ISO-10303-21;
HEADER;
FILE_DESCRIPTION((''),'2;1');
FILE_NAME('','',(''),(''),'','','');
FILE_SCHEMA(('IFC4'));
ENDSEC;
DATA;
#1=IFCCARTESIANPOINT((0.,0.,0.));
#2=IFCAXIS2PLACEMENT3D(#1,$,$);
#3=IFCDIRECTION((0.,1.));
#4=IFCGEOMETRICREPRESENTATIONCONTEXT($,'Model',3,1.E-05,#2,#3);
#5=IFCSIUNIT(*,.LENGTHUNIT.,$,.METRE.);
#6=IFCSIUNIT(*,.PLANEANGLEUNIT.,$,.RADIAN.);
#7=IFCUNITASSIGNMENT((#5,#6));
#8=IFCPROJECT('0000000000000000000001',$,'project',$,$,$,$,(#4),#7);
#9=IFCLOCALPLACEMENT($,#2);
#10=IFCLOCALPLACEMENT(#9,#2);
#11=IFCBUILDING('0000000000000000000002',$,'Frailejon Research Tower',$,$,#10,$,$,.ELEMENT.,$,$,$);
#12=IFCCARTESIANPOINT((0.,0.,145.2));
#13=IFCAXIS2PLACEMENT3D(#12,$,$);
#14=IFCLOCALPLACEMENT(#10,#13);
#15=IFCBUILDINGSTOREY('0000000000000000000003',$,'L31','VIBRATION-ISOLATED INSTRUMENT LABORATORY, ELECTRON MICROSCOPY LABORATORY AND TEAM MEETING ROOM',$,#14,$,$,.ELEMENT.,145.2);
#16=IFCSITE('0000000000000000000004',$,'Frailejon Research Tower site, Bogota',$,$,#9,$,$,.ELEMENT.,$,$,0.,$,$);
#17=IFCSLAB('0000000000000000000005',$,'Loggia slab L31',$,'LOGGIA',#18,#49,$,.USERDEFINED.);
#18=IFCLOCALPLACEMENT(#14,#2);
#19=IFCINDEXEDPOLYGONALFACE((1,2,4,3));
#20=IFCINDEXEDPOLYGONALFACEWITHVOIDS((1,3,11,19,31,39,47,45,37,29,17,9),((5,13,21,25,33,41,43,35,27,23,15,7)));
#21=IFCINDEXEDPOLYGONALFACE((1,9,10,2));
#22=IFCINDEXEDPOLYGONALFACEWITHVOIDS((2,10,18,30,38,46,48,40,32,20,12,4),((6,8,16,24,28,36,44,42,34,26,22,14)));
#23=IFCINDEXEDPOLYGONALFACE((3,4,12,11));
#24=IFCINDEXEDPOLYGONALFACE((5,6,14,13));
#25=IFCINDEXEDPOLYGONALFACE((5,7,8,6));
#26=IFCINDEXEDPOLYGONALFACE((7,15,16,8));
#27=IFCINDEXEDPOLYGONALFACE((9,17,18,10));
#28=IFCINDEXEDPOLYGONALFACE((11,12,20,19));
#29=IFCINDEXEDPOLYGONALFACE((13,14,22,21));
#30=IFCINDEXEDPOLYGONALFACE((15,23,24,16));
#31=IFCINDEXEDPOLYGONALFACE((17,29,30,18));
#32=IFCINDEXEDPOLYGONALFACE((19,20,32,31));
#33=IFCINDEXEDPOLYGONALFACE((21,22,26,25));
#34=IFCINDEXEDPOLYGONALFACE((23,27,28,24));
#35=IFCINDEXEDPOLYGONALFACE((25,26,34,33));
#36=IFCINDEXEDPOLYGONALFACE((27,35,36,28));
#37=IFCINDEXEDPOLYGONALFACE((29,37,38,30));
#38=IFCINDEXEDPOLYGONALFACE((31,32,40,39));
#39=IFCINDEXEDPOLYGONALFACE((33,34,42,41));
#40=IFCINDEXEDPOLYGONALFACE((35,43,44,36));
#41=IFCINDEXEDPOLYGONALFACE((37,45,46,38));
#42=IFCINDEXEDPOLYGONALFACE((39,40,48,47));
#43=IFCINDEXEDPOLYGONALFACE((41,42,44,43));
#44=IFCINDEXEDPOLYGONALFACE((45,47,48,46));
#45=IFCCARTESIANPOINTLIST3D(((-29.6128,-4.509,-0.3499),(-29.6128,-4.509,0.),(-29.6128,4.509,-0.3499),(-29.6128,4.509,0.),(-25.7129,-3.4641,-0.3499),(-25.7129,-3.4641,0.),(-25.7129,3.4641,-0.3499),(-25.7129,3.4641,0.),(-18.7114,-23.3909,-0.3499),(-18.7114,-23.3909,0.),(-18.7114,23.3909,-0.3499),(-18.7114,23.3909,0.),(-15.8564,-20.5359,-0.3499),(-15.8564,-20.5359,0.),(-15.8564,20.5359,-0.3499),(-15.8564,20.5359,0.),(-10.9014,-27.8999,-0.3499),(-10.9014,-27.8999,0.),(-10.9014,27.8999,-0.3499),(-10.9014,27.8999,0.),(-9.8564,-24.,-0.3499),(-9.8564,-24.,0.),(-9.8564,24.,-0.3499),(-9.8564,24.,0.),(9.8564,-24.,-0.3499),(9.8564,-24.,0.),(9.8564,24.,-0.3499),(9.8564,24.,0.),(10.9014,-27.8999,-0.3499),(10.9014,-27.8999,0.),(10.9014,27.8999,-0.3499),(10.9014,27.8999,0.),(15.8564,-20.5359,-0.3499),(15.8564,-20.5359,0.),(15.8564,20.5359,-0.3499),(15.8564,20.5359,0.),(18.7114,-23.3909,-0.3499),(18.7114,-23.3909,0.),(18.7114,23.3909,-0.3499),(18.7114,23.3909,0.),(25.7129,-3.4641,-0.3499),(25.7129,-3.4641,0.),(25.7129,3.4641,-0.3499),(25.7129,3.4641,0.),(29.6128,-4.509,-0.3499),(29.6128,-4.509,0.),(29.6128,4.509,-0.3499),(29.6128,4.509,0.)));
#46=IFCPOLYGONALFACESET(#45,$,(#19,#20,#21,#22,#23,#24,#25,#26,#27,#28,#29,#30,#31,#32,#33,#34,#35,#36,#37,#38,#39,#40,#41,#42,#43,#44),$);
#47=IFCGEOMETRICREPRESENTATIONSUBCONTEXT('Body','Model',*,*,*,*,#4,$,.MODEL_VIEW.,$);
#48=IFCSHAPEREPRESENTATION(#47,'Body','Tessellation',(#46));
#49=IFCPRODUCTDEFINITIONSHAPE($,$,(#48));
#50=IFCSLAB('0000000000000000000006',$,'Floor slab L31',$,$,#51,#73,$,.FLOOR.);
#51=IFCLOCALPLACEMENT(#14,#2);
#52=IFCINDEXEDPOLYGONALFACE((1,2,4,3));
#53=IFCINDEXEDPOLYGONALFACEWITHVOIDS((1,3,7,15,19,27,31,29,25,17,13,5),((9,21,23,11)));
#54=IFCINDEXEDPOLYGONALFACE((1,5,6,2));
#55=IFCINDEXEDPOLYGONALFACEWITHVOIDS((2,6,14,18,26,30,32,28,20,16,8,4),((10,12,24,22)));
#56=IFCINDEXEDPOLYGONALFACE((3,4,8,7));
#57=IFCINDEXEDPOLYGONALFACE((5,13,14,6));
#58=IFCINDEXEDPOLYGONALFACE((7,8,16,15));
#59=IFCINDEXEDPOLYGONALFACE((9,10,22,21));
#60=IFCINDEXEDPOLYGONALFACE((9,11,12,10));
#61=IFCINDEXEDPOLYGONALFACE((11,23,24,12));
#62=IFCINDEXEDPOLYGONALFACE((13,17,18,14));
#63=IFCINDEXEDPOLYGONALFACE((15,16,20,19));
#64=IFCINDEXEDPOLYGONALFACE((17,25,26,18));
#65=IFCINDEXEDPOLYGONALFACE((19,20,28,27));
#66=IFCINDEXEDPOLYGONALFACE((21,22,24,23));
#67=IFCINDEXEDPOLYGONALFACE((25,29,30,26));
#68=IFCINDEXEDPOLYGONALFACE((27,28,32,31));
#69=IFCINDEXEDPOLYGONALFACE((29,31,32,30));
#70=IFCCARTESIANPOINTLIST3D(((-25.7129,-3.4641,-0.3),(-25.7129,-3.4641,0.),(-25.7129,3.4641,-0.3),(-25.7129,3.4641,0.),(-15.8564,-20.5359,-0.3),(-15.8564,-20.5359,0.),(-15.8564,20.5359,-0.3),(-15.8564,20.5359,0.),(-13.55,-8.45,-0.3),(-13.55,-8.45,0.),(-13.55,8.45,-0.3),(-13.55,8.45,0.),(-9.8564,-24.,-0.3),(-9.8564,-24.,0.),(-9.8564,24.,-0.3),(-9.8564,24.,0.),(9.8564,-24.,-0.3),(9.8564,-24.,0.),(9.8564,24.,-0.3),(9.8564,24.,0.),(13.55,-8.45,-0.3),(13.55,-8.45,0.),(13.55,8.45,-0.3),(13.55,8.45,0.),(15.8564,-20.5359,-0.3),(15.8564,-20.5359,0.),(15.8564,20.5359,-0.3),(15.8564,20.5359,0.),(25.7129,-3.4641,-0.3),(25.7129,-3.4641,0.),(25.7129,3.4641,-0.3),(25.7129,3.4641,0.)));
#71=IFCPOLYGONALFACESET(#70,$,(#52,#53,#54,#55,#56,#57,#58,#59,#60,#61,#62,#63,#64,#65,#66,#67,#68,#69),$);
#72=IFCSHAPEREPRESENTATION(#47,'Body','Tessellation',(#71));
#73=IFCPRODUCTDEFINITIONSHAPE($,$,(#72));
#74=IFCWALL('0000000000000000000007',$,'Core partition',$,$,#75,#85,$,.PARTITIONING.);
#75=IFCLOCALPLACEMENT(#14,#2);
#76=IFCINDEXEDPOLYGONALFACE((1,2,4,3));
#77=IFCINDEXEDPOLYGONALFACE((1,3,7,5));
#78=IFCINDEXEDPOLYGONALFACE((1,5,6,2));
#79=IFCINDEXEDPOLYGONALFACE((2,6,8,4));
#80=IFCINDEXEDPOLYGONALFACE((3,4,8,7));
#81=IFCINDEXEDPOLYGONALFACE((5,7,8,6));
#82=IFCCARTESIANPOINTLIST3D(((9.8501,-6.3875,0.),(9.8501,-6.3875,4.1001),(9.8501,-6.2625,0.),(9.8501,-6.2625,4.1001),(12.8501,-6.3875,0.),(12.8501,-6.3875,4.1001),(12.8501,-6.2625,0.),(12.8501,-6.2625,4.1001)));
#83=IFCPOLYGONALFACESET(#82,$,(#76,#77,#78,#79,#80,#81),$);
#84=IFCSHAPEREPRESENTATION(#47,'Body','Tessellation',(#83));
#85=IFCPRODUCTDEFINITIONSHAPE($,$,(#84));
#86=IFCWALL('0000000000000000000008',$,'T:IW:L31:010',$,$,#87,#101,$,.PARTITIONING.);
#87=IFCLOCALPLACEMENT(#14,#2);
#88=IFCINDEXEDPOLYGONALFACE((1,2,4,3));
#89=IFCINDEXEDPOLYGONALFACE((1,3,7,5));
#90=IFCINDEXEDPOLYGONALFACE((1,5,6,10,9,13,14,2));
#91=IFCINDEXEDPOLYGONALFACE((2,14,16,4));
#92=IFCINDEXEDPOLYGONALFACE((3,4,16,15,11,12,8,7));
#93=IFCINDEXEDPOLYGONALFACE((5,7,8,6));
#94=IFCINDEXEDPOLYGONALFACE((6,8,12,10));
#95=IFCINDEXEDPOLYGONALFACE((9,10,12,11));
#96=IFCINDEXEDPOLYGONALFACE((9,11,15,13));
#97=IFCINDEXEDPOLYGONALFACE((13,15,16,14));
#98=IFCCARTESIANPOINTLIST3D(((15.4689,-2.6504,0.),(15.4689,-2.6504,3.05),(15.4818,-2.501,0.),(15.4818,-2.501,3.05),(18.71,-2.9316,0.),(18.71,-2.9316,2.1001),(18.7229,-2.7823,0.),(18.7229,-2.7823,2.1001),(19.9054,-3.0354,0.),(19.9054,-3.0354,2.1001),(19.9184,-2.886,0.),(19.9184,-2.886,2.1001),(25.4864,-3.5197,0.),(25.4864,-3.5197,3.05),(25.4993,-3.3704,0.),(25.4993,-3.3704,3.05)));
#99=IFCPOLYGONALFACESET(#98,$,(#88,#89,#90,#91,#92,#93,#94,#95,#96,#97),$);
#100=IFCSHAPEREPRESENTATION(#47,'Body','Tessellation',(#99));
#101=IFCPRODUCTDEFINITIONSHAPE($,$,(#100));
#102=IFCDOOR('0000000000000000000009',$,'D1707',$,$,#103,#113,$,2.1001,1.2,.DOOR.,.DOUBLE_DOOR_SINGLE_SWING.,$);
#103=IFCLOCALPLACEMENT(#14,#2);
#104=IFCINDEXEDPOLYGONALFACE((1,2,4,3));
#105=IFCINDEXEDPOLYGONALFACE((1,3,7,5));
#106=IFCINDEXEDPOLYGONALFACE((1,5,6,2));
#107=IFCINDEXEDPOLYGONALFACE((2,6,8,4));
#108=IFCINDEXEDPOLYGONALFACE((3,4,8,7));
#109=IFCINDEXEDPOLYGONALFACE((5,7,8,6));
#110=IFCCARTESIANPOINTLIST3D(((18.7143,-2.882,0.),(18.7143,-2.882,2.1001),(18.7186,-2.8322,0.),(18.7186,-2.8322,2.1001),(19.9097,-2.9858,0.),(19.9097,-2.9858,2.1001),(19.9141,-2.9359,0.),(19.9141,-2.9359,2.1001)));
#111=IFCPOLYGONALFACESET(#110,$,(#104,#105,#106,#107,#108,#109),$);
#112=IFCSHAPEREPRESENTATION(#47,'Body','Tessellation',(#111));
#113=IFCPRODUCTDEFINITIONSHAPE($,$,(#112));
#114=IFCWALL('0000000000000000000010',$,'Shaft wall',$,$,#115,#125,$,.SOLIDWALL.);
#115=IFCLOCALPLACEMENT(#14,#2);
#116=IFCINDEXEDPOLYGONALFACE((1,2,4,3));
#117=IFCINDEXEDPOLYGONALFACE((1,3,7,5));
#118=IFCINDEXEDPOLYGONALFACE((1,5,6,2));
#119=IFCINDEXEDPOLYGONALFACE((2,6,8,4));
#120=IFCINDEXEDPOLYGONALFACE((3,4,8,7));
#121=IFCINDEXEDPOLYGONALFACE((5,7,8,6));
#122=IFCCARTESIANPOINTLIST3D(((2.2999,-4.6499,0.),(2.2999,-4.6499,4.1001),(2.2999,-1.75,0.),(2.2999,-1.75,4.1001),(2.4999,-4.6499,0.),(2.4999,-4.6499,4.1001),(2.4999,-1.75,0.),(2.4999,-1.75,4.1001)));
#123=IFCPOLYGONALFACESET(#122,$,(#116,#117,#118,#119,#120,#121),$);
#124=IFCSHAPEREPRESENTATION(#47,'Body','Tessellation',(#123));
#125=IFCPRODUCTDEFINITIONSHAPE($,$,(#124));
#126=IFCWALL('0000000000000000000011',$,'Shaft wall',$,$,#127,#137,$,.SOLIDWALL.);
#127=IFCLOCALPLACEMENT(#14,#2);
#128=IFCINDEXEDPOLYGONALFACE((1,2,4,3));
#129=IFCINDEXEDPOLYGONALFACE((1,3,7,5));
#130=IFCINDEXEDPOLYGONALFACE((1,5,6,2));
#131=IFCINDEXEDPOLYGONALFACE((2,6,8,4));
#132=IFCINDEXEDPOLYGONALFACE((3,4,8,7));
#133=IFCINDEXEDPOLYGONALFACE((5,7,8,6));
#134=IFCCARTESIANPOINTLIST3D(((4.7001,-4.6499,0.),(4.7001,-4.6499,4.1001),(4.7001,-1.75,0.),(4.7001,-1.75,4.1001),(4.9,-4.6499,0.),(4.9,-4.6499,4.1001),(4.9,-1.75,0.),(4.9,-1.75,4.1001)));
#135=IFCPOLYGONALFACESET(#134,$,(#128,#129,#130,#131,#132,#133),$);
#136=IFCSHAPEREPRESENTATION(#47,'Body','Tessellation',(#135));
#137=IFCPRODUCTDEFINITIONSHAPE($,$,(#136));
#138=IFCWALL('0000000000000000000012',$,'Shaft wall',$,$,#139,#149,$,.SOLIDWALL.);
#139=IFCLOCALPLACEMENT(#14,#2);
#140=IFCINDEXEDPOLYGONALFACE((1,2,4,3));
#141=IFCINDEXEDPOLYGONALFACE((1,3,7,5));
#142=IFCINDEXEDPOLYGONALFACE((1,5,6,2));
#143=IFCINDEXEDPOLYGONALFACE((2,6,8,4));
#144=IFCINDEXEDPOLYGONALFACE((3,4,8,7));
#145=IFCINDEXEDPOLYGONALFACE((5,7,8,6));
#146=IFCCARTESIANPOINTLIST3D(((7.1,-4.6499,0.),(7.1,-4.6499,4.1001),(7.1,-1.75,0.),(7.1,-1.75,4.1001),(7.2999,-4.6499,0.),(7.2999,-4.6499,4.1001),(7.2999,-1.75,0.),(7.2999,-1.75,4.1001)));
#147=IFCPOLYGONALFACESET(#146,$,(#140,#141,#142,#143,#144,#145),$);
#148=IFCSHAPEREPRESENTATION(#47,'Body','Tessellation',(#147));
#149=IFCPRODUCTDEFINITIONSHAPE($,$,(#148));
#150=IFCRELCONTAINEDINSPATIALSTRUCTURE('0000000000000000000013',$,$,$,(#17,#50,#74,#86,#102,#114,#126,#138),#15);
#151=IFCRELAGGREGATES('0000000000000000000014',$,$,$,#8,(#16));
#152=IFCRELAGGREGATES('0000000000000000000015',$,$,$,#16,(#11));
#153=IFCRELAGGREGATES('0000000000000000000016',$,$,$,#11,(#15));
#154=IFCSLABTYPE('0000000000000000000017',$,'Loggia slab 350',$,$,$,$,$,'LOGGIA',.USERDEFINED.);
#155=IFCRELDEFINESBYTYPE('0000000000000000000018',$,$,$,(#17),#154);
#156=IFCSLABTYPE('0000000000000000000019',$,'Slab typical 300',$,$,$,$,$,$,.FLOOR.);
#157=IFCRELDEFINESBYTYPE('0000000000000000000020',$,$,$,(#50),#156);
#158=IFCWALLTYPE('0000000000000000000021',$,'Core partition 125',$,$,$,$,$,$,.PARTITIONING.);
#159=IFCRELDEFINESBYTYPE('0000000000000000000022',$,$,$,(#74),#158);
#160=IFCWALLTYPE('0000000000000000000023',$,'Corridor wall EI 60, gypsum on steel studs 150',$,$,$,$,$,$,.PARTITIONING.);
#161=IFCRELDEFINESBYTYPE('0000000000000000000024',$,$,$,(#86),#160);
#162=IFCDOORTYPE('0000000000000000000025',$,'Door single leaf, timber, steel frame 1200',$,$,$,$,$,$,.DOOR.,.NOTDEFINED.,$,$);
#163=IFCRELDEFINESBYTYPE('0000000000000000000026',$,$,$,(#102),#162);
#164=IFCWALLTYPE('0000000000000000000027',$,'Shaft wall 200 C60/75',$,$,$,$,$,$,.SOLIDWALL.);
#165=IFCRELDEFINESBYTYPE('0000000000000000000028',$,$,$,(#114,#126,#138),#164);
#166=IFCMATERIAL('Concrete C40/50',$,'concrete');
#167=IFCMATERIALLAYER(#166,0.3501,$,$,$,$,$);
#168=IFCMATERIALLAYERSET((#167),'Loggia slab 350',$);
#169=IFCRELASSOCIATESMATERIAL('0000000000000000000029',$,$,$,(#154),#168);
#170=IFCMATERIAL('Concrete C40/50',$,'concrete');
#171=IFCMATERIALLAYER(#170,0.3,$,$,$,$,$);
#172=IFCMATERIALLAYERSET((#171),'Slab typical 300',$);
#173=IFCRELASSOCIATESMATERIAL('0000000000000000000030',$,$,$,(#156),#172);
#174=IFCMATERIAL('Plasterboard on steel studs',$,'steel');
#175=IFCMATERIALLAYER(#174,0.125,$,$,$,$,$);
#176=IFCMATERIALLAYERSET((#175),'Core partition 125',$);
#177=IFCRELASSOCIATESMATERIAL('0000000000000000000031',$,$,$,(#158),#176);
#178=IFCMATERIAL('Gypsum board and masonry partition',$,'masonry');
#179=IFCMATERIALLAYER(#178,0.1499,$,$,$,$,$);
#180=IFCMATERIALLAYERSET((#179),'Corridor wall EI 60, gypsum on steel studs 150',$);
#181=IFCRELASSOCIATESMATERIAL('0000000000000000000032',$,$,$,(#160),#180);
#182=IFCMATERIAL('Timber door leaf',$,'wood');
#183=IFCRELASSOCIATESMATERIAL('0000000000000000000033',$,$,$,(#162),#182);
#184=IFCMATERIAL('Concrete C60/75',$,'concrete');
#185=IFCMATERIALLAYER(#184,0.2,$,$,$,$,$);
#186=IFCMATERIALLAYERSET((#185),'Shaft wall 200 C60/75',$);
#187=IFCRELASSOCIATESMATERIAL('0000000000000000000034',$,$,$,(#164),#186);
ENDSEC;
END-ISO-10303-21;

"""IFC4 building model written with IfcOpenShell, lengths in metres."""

from ifc_helpers import new_model, si_unit, direction, frame, frame_2d, origin, place, context, subcontext, project, spatial, polyline, rectangle, outline, extrude, material, layer, layer_set, type_object, element, fill, save


model = new_model("IFC4")

# Units and contexts
model_context = context("Model", 3, precision=1e-05, world=origin(), true_north=direction((0.0, 1.0)))
body_context = subcontext(model_context, "Body", "Model", "MODEL_VIEW")
ifc_project = project(units=[si_unit("LENGTHUNIT", "METRE"), si_unit("PLANEANGLEUNIT", "RADIAN")], contexts=[model_context])

# Site, building, storey
site_placement = place(None, origin())
site = spatial("IfcSite", under=ifc_project, at=site_placement, Name="Frailejon Research Tower site, Bogota", CompositionType="ELEMENT", RefElevation=0.0)
building_placement = place(site_placement, origin())
building = spatial("IfcBuilding", under=site, at=building_placement, Name="Frailejon Research Tower", CompositionType="ELEMENT")
storey_placement = place(building_placement, frame((0.0, 0.0, 145.2)))
storey = spatial("IfcBuildingStorey", under=building, at=storey_placement, Name="L31", Description="VIBRATION-ISOLATED INSTRUMENT LABORATORY, ELECTRON MICROSCOPY LABORATORY AND TEAM MEETING ROOM", CompositionType="ELEMENT", Elevation=145.2)

# Slabs
ifc_material_1 = material(Name="Concrete C40/50", Category="concrete")
ifc_layer_1 = layer(ifc_material_1, 0.3501)
ifc_layer_set_1 = layer_set([ifc_layer_1], Name="Loggia slab 350")
slab_type_1 = type_object("IfcSlabType", Name="Loggia slab 350", ElementType="LOGGIA", PredefinedType="USERDEFINED", material=ifc_layer_set_1)
slab_1_placement = place(storey_placement, frame((0.0, 0.0, -0.3499)))
element("IfcSlab", 1, at=slab_1_placement, inside=storey, type_object=slab_type_1, Name="Loggia slab L31", ObjectType="LOGGIA", PredefinedType="USERDEFINED", context=body_context, shape_type="SweptSolid", body=[
    extrude(outline(polyline([(18.7114, -23.3909), (10.9014, -27.8999), (-10.9014, -27.8999), (-18.7114, -23.3909), (-29.6128, -4.509), (-29.6128, 4.509), (-18.7114, 23.3909), (-10.9014, 27.8999), (10.9014, 27.8999), (18.7114, 23.3909), (29.6128, 4.509), (29.6128, -4.509), (18.7114, -23.3909)]), holes=[polyline([(25.7129, 3.4641), (15.8564, 20.5359), (9.8564, 24.0), (-9.8564, 24.0), (-15.8564, 20.5359), (-25.7129, 3.4641), (-25.7129, -3.4641), (-15.8564, -20.5359), (-9.8564, -24.0), (9.8564, -24.0), (15.8564, -20.5359), (25.7129, -3.4641), (25.7129, 3.4641)])]), origin(), (0.0, 0.0, 1.0), 0.3499),
])
ifc_material_2 = material(Name="Concrete C40/50", Category="concrete")
ifc_layer_2 = layer(ifc_material_2, 0.3)
ifc_layer_set_2 = layer_set([ifc_layer_2], Name="Slab typical 300")
slab_type_2 = type_object("IfcSlabType", Name="Slab typical 300", PredefinedType="FLOOR", material=ifc_layer_set_2)
slab_2_placement = place(storey_placement, frame((0.0, 0.0, -0.3)))
element("IfcSlab", 2, at=slab_2_placement, inside=storey, type_object=slab_type_2, Name="Floor slab L31", PredefinedType="FLOOR", context=body_context, shape_type="SweptSolid", body=[
    extrude(outline(polyline([(25.7129, -3.4641), (25.7129, 3.4641), (15.8564, 20.5359), (9.8564, 24.0), (-9.8564, 24.0), (-15.8564, 20.5359), (-25.7129, 3.4641), (-25.7129, -3.4641), (-15.8564, -20.5359), (-9.8564, -24.0), (9.8564, -24.0), (15.8564, -20.5359), (25.7129, -3.4641)]), holes=[polyline([(13.55, -8.45), (-13.55, -8.45), (-13.55, 8.45), (13.55, 8.45), (13.55, -8.45)])]), origin(), (0.0, 0.0, 1.0), 0.3),
])

# Wall
ifc_material_3 = material(Name="Plasterboard on steel studs", Category="steel")
ifc_layer_3 = layer(ifc_material_3, 0.125)
ifc_layer_set_3 = layer_set([ifc_layer_3], Name="Core partition 125")
wall_type_1 = type_object("IfcWallType", Name="Core partition 125", PredefinedType="PARTITIONING", material=ifc_layer_set_3)
wall_1_placement = place(storey_placement, frame((9.8501, -6.325, 0.0), z_axis=(0.0, 0.0, 1.0), x_axis=(1.0, 0.0, 0.0)))
element("IfcWall", 3, at=wall_1_placement, inside=storey, type_object=wall_type_1, Name="Core partition", PredefinedType="PARTITIONING", context=body_context, shape_type="SweptSolid", body=[
    extrude(rectangle(XDim=3.0, YDim=0.125, at=frame_2d((1.5, 0.0))), origin(), (0.0, 0.0, 1.0), 4.1001),
])

# Wall, opening, door
ifc_material_4 = material(Name="Gypsum board and masonry partition", Category="masonry")
ifc_layer_4 = layer(ifc_material_4, 0.1499)
ifc_layer_set_4 = layer_set([ifc_layer_4], Name="Corridor wall EI 60, gypsum on steel studs 150")
wall_type_2 = type_object("IfcWallType", Name="Corridor wall EI 60, gypsum on steel studs 150", PredefinedType="PARTITIONING", material=ifc_layer_set_4)
wall_2_placement = place(storey_placement, frame((15.4753, -2.5757, 0.0), z_axis=(0.0, 0.0, 1.0), x_axis=(0.996255, -0.086461, 0.0)))
wall_2 = element("IfcWall", 4, at=wall_2_placement, inside=storey, type_object=wall_type_2, Name="T:IW:L31:010", PredefinedType="PARTITIONING", context=body_context, shape_type="SweptSolid", body=[
    extrude(rectangle(XDim=10.0552, YDim=0.1499, at=frame_2d((5.0276, 0.0))), origin(), (0.0, 0.0, 1.0), 3.05),
])
opening_1_placement = place(wall_2_placement, frame((3.2532, 0.0, 0.0)))
opening_1 = element("IfcOpeningElement", 5, at=opening_1_placement, cuts=wall_2, PredefinedType="OPENING", context=body_context, shape_type="SweptSolid", body=[
    extrude(rectangle(XDim=1.2, YDim=2.1001, at=frame_2d((0.6001, 1.05))), frame((0.0, 0.085, 0.0), z_axis=(0.0, -1.0, 0.0), x_axis=(1.0, 0.0, 0.0)), (0.0, 0.0, 1.0), 0.1699),
])
ifc_material_5 = material(Name="Timber door leaf", Category="wood")
door_type_1 = type_object("IfcDoorType", Name="Door single leaf, timber, steel frame 1200", OperationType="NOTDEFINED", PredefinedType="DOOR", material=ifc_material_5)
door_1_placement = place(opening_1_placement, origin())
door_1 = element("IfcDoor", 6, at=door_1_placement, inside=storey, type_object=door_type_1, Name="D1707", OperationType="DOUBLE_DOOR_SINGLE_SWING", OverallHeight=2.1001, OverallWidth=1.2, PredefinedType="DOOR", context=body_context, shape_type="SweptSolid", body=[
    extrude(rectangle(XDim=1.2, YDim=2.1001, at=frame_2d((0.6001, 1.05))), frame((0.0, 0.0249, 0.0), z_axis=(0.0, -1.0, 0.0), x_axis=(1.0, 0.0, 0.0)), (0.0, 0.0, 1.0), 0.05),
])
fill(opening_1, door_1)

# Walls
ifc_material_6 = material(Name="Concrete C60/75", Category="concrete")
ifc_layer_5 = layer(ifc_material_6, 0.2)
ifc_layer_set_5 = layer_set([ifc_layer_5], Name="Shaft wall 200 C60/75")
wall_type_3 = type_object("IfcWallType", Name="Shaft wall 200 C60/75", PredefinedType="SOLIDWALL", material=ifc_layer_set_5)
for number, where, z_axis, x_axis, name in (
    (7, (2.3999, -4.6499, 0.0), (0.0, 0.0, 1.0), (0.0, 1.0, 0.0), "Shaft wall"),
    (8, (4.8, -4.6499, 0.0), (0.0, 0.0, 1.0), (0.0, 1.0, 0.0), "Shaft wall"),
    (9, (7.2, -4.6499, 0.0), (0.0, 0.0, 1.0), (0.0, 1.0, 0.0), "Shaft wall"),
):
    element("IfcWall", number, at=place(storey_placement, frame(where, z_axis=z_axis, x_axis=x_axis)), inside=storey, type_object=wall_type_3, Name=name, PredefinedType="SOLIDWALL", context=body_context, shape_type="SweptSolid", body=[
        extrude(rectangle(XDim=2.8999, YDim=0.2, at=frame_2d((1.45, 0.0))), origin(), (0.0, 0.0, 1.0), 4.1001),
    ])

save(model, "model.ifc")
